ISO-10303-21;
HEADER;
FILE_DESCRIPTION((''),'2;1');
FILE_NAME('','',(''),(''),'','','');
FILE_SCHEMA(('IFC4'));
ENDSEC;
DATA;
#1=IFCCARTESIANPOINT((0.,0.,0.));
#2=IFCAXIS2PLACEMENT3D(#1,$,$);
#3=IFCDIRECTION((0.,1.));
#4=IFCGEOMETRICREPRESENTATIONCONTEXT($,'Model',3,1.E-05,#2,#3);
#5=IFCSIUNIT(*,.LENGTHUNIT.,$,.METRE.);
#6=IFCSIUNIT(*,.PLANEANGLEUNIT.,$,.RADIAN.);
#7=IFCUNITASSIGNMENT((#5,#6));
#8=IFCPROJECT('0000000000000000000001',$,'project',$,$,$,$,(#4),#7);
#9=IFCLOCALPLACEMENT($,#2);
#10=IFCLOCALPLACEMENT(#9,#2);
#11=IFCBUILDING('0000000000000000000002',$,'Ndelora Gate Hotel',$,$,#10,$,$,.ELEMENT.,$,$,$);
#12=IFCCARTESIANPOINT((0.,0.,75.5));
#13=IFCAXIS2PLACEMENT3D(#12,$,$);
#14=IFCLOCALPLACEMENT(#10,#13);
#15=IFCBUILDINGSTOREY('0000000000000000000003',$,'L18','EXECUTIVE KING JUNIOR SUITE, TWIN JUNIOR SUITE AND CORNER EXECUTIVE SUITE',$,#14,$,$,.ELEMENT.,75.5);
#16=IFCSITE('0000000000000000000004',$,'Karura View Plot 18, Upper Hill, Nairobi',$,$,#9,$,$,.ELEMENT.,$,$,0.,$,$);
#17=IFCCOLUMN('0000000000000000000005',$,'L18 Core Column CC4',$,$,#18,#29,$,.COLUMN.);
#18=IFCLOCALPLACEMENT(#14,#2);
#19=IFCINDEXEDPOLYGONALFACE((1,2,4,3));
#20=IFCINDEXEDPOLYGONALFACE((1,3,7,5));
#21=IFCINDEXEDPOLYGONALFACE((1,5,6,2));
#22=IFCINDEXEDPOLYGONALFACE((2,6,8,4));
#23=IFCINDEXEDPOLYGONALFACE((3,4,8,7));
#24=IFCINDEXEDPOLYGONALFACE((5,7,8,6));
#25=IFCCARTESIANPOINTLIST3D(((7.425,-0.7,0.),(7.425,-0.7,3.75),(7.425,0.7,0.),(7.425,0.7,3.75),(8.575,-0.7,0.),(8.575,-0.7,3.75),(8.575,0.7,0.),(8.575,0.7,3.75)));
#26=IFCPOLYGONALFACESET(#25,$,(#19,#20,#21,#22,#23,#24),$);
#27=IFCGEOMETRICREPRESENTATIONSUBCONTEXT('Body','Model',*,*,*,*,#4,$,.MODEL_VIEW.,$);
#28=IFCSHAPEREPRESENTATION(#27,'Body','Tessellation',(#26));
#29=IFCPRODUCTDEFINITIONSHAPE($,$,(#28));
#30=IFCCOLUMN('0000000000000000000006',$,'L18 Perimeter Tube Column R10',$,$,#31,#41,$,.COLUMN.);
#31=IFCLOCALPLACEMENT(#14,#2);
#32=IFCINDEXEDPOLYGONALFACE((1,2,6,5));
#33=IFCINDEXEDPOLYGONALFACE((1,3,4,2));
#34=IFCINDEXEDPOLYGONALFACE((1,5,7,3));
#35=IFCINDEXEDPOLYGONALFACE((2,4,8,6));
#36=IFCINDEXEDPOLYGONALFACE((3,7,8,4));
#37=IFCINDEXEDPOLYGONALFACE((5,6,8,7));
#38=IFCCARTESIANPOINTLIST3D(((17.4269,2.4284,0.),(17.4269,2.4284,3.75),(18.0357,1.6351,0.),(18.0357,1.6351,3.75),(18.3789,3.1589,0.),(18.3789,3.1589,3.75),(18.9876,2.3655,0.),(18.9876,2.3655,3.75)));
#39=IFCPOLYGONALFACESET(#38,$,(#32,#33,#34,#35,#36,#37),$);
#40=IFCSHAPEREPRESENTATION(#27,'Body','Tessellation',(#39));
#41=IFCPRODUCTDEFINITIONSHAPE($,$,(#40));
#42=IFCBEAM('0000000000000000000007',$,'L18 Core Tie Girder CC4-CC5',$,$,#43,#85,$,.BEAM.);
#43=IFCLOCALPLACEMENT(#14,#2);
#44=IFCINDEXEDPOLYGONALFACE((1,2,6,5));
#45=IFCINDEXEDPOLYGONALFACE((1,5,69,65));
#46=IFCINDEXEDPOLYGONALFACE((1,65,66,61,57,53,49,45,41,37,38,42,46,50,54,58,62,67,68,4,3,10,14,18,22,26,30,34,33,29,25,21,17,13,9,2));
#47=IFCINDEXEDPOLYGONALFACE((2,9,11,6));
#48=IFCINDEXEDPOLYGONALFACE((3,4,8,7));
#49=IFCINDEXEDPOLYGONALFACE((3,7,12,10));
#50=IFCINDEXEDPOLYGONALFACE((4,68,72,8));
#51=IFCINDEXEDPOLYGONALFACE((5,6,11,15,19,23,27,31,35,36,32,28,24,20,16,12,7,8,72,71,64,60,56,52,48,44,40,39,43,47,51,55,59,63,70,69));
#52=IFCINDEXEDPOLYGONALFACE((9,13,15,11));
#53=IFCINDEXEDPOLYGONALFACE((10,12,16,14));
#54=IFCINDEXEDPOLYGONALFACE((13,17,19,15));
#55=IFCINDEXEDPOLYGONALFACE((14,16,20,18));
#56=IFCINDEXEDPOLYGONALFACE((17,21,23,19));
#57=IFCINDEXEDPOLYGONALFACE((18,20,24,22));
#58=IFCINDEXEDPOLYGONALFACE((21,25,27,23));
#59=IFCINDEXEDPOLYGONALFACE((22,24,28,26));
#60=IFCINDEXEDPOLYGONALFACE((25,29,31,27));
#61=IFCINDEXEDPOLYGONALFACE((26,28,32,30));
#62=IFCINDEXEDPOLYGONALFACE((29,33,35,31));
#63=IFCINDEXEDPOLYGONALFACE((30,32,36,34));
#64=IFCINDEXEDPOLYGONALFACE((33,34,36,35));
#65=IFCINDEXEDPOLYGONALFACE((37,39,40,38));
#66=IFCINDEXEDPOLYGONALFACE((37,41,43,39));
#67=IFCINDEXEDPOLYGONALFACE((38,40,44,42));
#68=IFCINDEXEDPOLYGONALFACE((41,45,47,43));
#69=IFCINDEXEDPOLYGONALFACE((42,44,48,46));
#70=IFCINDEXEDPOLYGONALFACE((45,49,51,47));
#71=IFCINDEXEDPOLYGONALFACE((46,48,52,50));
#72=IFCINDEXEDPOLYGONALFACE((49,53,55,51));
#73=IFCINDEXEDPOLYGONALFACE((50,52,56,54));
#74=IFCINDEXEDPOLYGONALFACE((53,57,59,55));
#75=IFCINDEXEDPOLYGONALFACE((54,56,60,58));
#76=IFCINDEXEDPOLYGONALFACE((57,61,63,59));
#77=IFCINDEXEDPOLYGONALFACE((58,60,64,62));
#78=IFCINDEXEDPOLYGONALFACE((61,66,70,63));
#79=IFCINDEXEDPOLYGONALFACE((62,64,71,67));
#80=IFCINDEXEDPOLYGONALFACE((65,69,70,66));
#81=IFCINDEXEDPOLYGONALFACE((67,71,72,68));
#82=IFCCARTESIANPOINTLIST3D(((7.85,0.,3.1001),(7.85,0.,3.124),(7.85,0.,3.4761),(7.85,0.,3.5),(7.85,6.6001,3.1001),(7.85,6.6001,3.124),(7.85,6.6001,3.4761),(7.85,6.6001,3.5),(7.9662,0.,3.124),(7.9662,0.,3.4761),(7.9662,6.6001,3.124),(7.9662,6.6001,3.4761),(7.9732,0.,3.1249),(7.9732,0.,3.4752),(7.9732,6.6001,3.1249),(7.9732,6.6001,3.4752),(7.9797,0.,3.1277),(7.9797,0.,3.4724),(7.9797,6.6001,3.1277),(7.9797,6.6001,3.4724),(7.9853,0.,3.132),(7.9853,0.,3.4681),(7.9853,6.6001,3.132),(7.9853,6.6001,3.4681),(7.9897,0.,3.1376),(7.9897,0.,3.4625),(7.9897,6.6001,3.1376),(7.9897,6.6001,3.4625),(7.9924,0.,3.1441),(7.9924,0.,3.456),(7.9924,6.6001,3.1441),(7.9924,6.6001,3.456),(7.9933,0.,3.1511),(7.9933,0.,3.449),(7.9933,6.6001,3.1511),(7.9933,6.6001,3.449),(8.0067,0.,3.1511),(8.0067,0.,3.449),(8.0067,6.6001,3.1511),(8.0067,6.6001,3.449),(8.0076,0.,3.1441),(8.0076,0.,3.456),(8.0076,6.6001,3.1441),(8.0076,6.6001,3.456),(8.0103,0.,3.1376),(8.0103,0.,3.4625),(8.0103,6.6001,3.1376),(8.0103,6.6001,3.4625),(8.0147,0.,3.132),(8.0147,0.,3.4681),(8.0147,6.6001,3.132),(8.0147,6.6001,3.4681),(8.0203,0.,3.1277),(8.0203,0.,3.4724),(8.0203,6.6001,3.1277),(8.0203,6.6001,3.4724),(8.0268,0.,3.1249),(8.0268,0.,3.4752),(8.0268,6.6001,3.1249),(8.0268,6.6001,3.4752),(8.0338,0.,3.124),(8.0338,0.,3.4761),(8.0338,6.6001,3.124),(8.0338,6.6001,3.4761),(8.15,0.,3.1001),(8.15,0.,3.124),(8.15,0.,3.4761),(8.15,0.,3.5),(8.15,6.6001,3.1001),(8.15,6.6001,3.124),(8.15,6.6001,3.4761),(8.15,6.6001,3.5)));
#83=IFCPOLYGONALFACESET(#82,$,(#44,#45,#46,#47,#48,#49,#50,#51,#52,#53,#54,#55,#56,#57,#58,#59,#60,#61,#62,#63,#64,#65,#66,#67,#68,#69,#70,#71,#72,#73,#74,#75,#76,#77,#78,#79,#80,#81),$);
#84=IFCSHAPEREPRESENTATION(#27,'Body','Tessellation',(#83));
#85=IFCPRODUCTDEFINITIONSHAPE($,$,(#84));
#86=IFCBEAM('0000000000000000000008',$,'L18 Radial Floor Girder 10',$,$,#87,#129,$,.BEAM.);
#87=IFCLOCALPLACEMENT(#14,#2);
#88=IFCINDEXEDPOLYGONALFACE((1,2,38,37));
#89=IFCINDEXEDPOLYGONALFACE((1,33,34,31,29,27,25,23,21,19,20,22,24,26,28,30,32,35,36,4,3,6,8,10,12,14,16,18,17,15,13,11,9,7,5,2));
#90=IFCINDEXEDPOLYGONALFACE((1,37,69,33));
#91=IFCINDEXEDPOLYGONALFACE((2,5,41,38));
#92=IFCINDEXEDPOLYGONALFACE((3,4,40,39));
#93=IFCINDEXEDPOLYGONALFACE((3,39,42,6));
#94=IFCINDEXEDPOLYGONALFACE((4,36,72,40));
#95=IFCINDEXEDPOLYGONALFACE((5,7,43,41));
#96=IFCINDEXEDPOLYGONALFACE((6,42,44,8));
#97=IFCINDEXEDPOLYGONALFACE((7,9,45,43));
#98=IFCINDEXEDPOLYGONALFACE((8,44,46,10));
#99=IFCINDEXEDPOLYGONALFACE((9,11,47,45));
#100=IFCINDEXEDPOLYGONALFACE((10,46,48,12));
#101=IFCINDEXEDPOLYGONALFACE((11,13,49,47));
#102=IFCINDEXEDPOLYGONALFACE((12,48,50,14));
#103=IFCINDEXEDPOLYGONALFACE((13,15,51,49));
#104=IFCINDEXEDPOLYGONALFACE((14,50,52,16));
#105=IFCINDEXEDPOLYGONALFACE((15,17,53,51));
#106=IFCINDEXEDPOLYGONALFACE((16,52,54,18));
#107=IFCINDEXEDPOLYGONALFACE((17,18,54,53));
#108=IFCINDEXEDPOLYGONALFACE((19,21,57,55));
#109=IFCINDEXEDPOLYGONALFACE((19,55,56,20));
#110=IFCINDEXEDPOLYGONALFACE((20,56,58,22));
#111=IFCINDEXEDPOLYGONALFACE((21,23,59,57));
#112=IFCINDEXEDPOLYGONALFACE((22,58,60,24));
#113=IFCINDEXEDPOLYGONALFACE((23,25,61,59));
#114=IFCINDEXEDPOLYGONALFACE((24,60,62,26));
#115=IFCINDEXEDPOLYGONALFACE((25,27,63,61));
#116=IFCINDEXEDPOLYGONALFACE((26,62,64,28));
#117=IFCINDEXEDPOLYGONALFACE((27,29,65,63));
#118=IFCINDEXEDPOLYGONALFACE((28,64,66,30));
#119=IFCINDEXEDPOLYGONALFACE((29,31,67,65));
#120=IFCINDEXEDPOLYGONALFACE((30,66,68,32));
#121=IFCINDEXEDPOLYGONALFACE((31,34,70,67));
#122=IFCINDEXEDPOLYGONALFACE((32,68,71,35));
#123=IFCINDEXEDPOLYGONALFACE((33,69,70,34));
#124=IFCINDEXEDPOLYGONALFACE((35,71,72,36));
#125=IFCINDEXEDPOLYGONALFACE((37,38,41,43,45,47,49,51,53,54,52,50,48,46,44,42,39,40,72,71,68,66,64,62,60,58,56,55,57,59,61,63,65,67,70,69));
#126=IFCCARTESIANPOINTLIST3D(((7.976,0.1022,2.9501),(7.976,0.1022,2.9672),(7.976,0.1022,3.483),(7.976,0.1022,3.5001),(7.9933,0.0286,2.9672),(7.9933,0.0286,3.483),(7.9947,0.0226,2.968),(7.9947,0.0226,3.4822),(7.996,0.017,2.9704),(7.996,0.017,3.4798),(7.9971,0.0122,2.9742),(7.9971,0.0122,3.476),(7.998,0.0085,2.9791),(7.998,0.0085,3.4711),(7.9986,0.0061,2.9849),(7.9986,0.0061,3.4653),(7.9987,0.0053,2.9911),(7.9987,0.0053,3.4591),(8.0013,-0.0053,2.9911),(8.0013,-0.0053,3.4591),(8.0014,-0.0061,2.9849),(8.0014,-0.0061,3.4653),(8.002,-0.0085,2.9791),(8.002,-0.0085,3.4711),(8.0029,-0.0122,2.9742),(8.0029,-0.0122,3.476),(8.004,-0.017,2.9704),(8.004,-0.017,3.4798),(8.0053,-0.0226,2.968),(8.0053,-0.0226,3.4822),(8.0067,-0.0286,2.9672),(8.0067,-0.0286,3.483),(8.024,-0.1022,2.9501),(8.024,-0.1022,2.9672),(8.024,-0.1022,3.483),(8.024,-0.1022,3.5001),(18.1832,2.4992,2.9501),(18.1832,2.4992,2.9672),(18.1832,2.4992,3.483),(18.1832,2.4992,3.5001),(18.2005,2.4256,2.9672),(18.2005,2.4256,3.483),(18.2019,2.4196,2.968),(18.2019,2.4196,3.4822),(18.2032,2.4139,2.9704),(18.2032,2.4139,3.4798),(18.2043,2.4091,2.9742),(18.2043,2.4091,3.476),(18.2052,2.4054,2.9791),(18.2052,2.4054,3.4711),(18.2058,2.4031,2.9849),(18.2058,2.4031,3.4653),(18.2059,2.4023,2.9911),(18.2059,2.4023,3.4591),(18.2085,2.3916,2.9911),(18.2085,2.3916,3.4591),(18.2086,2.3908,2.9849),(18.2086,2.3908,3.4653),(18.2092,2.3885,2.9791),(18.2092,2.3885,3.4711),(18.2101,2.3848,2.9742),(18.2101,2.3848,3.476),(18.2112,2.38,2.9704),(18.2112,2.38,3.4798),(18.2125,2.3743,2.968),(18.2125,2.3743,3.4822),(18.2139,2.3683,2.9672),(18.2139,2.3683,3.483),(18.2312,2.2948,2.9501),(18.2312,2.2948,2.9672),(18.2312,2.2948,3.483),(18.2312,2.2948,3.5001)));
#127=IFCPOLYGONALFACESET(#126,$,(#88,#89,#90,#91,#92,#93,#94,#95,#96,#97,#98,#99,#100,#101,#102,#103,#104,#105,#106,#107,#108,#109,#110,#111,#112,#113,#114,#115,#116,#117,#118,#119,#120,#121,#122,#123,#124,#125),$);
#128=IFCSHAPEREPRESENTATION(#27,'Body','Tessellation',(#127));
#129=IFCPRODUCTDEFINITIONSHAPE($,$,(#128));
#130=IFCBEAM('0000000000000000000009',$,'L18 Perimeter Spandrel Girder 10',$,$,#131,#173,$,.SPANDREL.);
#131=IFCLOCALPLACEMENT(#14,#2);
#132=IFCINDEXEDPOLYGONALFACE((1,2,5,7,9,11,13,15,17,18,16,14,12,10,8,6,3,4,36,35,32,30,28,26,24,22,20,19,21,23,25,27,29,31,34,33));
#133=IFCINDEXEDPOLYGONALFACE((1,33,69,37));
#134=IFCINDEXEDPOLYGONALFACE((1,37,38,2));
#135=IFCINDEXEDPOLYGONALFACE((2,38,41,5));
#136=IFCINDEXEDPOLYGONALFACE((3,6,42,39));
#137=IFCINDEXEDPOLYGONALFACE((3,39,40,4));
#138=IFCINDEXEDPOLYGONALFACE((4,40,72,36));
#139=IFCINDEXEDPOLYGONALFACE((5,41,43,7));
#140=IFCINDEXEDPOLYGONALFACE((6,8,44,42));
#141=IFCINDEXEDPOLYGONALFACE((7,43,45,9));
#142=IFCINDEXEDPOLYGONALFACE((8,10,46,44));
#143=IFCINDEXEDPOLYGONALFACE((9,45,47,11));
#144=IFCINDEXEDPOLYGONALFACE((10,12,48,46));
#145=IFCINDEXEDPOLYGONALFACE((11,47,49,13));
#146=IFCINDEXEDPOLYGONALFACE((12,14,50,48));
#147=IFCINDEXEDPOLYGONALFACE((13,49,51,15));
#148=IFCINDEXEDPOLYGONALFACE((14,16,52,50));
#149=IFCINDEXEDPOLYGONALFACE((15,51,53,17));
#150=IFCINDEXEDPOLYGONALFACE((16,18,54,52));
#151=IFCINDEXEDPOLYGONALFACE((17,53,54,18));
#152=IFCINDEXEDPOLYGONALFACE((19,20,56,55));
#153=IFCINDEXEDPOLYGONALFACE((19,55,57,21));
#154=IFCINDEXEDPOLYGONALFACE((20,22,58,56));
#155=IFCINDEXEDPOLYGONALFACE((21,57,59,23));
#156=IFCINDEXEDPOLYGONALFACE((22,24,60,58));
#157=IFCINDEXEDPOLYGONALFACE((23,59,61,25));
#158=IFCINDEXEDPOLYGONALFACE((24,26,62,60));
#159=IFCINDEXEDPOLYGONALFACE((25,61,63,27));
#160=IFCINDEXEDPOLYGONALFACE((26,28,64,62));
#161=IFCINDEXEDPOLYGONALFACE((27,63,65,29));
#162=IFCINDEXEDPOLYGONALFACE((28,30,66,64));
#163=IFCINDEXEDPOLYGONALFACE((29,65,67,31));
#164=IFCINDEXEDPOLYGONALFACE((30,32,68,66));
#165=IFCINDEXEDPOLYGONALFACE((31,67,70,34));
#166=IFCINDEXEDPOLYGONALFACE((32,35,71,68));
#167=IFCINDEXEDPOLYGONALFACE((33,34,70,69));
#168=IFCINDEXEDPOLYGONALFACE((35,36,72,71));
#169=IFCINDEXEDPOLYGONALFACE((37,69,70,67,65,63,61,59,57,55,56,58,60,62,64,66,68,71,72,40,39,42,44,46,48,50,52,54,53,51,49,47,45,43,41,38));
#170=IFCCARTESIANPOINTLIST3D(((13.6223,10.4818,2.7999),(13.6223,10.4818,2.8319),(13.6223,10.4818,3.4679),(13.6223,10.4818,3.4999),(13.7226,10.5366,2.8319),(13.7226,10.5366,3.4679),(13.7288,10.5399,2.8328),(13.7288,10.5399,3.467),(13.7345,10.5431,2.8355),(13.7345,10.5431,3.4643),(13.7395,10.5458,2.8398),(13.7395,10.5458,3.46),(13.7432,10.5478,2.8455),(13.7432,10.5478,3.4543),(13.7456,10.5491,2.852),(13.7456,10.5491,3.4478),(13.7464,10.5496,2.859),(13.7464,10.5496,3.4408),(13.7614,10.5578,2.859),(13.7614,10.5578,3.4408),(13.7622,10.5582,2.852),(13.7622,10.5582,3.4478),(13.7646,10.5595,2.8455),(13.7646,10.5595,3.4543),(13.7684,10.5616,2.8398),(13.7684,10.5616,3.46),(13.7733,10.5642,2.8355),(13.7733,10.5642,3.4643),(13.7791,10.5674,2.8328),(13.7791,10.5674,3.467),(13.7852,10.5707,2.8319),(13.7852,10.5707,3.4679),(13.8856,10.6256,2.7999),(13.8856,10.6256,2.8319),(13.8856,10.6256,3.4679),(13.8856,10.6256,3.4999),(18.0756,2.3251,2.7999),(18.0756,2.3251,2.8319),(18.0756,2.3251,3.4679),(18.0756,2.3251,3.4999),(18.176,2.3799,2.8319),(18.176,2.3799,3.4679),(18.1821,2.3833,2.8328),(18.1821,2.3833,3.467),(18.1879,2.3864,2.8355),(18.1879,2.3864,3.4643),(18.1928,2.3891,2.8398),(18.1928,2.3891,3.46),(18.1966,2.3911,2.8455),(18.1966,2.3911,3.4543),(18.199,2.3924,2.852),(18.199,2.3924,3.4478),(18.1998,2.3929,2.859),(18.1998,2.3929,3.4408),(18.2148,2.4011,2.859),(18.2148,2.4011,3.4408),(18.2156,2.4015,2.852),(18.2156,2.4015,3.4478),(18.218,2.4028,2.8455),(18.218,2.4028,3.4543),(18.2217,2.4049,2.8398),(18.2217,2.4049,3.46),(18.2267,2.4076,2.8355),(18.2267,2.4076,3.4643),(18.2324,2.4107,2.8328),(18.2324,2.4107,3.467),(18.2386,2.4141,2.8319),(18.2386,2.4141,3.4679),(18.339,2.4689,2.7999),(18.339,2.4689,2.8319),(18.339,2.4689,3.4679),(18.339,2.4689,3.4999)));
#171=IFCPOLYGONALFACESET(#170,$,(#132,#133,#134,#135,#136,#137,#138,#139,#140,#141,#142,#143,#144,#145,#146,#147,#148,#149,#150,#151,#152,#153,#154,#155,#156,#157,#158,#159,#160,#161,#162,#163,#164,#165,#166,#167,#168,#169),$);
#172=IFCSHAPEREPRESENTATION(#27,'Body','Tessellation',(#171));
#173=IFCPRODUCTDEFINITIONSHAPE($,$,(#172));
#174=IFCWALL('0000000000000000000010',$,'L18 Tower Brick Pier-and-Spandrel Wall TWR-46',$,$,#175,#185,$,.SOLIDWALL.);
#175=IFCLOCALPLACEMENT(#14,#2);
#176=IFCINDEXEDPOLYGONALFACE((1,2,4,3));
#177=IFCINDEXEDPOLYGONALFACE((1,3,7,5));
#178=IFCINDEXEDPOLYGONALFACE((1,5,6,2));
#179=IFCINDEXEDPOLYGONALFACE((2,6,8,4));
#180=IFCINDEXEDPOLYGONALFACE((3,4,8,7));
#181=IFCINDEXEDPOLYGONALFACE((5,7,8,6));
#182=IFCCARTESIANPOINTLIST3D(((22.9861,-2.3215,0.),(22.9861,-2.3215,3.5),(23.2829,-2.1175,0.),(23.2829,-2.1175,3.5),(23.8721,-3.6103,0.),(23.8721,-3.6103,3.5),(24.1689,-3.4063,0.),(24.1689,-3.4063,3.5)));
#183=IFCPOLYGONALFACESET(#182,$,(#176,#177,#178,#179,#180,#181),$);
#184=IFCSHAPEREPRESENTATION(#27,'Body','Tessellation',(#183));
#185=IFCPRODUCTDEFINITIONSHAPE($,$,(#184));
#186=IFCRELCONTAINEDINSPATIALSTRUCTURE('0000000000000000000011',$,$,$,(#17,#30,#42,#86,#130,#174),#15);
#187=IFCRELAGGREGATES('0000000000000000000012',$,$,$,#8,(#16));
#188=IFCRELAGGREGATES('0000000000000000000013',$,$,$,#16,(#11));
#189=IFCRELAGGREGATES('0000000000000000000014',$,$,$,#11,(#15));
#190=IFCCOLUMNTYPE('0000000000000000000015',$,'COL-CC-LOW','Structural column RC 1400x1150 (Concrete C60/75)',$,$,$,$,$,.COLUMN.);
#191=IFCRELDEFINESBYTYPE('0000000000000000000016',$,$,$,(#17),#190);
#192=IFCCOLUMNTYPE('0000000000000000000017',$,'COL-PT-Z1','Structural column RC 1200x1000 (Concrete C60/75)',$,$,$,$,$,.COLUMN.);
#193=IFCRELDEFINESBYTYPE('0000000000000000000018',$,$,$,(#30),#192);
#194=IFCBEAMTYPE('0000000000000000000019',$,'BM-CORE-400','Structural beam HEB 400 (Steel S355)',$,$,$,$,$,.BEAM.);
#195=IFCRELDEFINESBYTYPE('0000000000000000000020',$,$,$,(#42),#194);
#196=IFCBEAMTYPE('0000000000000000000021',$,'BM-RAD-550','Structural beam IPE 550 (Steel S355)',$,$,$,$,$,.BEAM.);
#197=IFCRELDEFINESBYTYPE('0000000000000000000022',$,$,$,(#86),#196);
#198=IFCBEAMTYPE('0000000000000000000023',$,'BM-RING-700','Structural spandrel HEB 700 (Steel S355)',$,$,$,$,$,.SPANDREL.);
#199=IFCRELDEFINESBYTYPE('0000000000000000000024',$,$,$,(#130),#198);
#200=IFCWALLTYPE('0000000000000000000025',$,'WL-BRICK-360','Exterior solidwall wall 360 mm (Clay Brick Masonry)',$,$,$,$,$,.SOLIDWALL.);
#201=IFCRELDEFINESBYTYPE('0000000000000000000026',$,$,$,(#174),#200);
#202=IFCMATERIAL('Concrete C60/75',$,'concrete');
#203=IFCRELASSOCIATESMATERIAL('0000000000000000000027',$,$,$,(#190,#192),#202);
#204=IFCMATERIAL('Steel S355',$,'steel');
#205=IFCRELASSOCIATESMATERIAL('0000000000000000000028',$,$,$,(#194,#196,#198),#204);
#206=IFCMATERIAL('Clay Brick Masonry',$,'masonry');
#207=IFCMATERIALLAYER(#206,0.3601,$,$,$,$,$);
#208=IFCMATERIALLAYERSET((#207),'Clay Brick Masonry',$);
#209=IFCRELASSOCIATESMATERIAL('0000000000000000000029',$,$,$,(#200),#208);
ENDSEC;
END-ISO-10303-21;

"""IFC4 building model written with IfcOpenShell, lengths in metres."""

from ifc_helpers import new_model, si_unit, direction, frame, frame_2d, origin, origin_2d, place, context, subcontext, project, spatial, rectangle, i_section, extrude, material, layer, layer_set, material_profile, profile_set, type_object, element, save


model = new_model("IFC4")

# Units and contexts
model_context = context("Model", 3, precision=1e-05, world=origin(), true_north=direction((0.0, 1.0)))
body_context = subcontext(model_context, "Body", "Model", "MODEL_VIEW")
ifc_project = project(units=[si_unit("LENGTHUNIT", "METRE"), si_unit("PLANEANGLEUNIT", "RADIAN")], contexts=[model_context])

# Site, building, storey
site_placement = place(None, origin())
site = spatial("IfcSite", under=ifc_project, at=site_placement, Name="Karura View Plot 18, Upper Hill, Nairobi", CompositionType="ELEMENT", RefElevation=0.0)
building_placement = place(site_placement, origin())
building = spatial("IfcBuilding", under=site, at=building_placement, Name="Ndelora Gate Hotel", CompositionType="ELEMENT")
storey_placement = place(building_placement, frame((0.0, 0.0, 75.5)))
storey = spatial("IfcBuildingStorey", under=building, at=storey_placement, Name="L18", Description="EXECUTIVE KING JUNIOR SUITE, TWIN JUNIOR SUITE AND CORNER EXECUTIVE SUITE", CompositionType="ELEMENT", Elevation=75.5)

# Columns
ifc_material_1 = material(Name="Concrete C60/75", Category="concrete")
ifc_material_profile_1 = material_profile(ifc_material_1, rectangle(XDim=1.1499, YDim=1.3999, at=origin_2d()), Name="RC 1400x1150")
ifc_profile_set_1 = profile_set([ifc_material_profile_1], Name="Concrete C60/75")
column_type_1 = type_object("IfcColumnType", Name="COL-CC-LOW", Description="Structural column RC 1400x1150 (Concrete C60/75)", PredefinedType="COLUMN", material=ifc_profile_set_1)
column_1_placement = place(storey_placement, frame((8.0, 0.0, 0.0), z_axis=(0.0, 0.0, 1.0), x_axis=(1.0, 0.0, 0.0)))
element("IfcColumn", 1, at=column_1_placement, inside=storey, type_object=column_type_1, Name="L18 Core Column CC4", PredefinedType="COLUMN", context=body_context, shape_type="SweptSolid", body=[
    extrude(rectangle(XDim=1.1499, YDim=1.3999, at=origin_2d()), origin(), (0.0, 0.0, 1.0), 3.75),
])
ifc_material_profile_2 = material_profile(ifc_material_1, rectangle(XDim=1.0, YDim=1.2, at=origin_2d()), Name="RC 1200x1000")
ifc_profile_set_2 = profile_set([ifc_material_profile_2], Name="Concrete C60/75")
column_type_2 = type_object("IfcColumnType", Name="COL-PT-Z1", Description="Structural column RC 1200x1000 (Concrete C60/75)", PredefinedType="COLUMN", material=ifc_profile_set_2)
column_2_placement = place(storey_placement, frame((18.2073, 2.397, 0.0), z_axis=(0.0, 0.0, 1.0), x_axis=(-0.608761, 0.793353, 0.0)))
element("IfcColumn", 2, at=column_2_placement, inside=storey, type_object=column_type_2, Name="L18 Perimeter Tube Column R10", PredefinedType="COLUMN", context=body_context, shape_type="SweptSolid", body=[
    extrude(rectangle(XDim=1.0, YDim=1.2, at=origin_2d()), origin(), (0.0, 0.0, 1.0), 3.75),
])

# Beams
ifc_material_2 = material(Name="Steel S355", Category="steel")
ifc_material_profile_3 = material_profile(ifc_material_2, i_section(OverallWidth=0.3, OverallDepth=0.3999, WebThickness=0.0134, FlangeThickness=0.0239, FilletRadius=0.0271, at=origin_2d()), Name="HEB 400")
ifc_profile_set_3 = profile_set([ifc_material_profile_3], Name="Steel S355")
beam_type_1 = type_object("IfcBeamType", Name="BM-CORE-400", Description="Structural beam HEB 400 (Steel S355)", PredefinedType="BEAM", material=ifc_profile_set_3)
beam_1_placement = place(storey_placement, frame((8.0, 0.0, 3.3), z_axis=(0.0, 1.0, 0.0), x_axis=(-1.0, 0.0, 0.0)))
element("IfcBeam", 3, at=beam_1_placement, inside=storey, type_object=beam_type_1, Name="L18 Core Tie Girder CC4-CC5", PredefinedType="BEAM", context=body_context, shape_type="SweptSolid", body=[
    extrude(i_section(OverallWidth=0.3, OverallDepth=0.3999, WebThickness=0.0134, FlangeThickness=0.0239, FilletRadius=0.0271, at=origin_2d()), origin(), (0.0, 0.0, 1.0), 6.6001),
])
ifc_material_profile_4 = material_profile(ifc_material_2, i_section(OverallWidth=0.21, OverallDepth=0.55, WebThickness=0.011, FlangeThickness=0.0171, FilletRadius=0.0239, at=origin_2d()), Name="IPE 550")
ifc_profile_set_4 = profile_set([ifc_material_profile_4], Name="Steel S355")
beam_type_2 = type_object("IfcBeamType", Name="BM-RAD-550", Description="Structural beam IPE 550 (Steel S355)", PredefinedType="BEAM", material=ifc_profile_set_4)
beam_2_placement = place(storey_placement, frame((8.0, 0.0, 3.2251), z_axis=(0.973518, 0.228611, 0.0), x_axis=(-0.228611, 0.973518, 0.0)))
element("IfcBeam", 4, at=beam_2_placement, inside=storey, type_object=beam_type_2, Name="L18 Radial Floor Girder 10", PredefinedType="BEAM", context=body_context, shape_type="SweptSolid", body=[
    extrude(i_section(OverallWidth=0.21, OverallDepth=0.55, WebThickness=0.011, FlangeThickness=0.0171, FilletRadius=0.0239, at=origin_2d()), origin(), (0.0, 0.0, 1.0), 10.4849),
])
ifc_material_profile_5 = material_profile(ifc_material_2, i_section(OverallWidth=0.3, OverallDepth=0.7, WebThickness=0.0171, FlangeThickness=0.032, FilletRadius=0.0271, at=origin_2d()), Name="HEB 700")
ifc_profile_set_5 = profile_set([ifc_material_profile_5], Name="Steel S355")
beam_type_3 = type_object("IfcBeamType", Name="BM-RING-700", Description="Structural spandrel HEB 700 (Steel S355)", PredefinedType="SPANDREL", material=ifc_profile_set_5)
beam_3_placement = place(storey_placement, frame((18.2073, 2.397, 3.1499), z_axis=(-0.479204, 0.877704, 0.0), x_axis=(-0.877704, -0.479204, 0.0)))
element("IfcBeam", 5, at=beam_3_placement, inside=storey, type_object=beam_type_3, Name="L18 Perimeter Spandrel Girder 10", PredefinedType="SPANDREL", context=body_context, shape_type="SweptSolid", body=[
    extrude(i_section(OverallWidth=0.3, OverallDepth=0.7, WebThickness=0.0171, FlangeThickness=0.032, FilletRadius=0.0271, at=origin_2d()), origin(), (0.0, 0.0, 1.0), 9.2932),
])

# Wall
ifc_material_3 = material(Name="Clay Brick Masonry", Category="masonry")
ifc_layer_1 = layer(ifc_material_3, 0.3601)
ifc_layer_set_1 = layer_set([ifc_layer_1], Name="Clay Brick Masonry")
wall_type_1 = type_object("IfcWallType", Name="WL-BRICK-360", Description="Exterior solidwall wall 360 mm (Clay Brick Masonry)", PredefinedType="SOLIDWALL", material=ifc_layer_set_1)
wall_1_placement = place(storey_placement, frame((23.1345, -2.2195, 0.0), z_axis=(0.0, 0.0, 1.0), x_axis=(0.566496, -0.824065, 0.0)))
element("IfcWall", 6, at=wall_1_placement, inside=storey, type_object=wall_type_1, Name="L18 Tower Brick Pier-and-Spandrel Wall TWR-46", PredefinedType="SOLIDWALL", context=body_context, shape_type="SweptSolid", body=[
    extrude(rectangle(XDim=1.564, YDim=0.3601, at=frame_2d((0.782, 0.0))), origin(), (0.0, 0.0, 1.0), 3.5),
])

save(model, "model.ifc")
